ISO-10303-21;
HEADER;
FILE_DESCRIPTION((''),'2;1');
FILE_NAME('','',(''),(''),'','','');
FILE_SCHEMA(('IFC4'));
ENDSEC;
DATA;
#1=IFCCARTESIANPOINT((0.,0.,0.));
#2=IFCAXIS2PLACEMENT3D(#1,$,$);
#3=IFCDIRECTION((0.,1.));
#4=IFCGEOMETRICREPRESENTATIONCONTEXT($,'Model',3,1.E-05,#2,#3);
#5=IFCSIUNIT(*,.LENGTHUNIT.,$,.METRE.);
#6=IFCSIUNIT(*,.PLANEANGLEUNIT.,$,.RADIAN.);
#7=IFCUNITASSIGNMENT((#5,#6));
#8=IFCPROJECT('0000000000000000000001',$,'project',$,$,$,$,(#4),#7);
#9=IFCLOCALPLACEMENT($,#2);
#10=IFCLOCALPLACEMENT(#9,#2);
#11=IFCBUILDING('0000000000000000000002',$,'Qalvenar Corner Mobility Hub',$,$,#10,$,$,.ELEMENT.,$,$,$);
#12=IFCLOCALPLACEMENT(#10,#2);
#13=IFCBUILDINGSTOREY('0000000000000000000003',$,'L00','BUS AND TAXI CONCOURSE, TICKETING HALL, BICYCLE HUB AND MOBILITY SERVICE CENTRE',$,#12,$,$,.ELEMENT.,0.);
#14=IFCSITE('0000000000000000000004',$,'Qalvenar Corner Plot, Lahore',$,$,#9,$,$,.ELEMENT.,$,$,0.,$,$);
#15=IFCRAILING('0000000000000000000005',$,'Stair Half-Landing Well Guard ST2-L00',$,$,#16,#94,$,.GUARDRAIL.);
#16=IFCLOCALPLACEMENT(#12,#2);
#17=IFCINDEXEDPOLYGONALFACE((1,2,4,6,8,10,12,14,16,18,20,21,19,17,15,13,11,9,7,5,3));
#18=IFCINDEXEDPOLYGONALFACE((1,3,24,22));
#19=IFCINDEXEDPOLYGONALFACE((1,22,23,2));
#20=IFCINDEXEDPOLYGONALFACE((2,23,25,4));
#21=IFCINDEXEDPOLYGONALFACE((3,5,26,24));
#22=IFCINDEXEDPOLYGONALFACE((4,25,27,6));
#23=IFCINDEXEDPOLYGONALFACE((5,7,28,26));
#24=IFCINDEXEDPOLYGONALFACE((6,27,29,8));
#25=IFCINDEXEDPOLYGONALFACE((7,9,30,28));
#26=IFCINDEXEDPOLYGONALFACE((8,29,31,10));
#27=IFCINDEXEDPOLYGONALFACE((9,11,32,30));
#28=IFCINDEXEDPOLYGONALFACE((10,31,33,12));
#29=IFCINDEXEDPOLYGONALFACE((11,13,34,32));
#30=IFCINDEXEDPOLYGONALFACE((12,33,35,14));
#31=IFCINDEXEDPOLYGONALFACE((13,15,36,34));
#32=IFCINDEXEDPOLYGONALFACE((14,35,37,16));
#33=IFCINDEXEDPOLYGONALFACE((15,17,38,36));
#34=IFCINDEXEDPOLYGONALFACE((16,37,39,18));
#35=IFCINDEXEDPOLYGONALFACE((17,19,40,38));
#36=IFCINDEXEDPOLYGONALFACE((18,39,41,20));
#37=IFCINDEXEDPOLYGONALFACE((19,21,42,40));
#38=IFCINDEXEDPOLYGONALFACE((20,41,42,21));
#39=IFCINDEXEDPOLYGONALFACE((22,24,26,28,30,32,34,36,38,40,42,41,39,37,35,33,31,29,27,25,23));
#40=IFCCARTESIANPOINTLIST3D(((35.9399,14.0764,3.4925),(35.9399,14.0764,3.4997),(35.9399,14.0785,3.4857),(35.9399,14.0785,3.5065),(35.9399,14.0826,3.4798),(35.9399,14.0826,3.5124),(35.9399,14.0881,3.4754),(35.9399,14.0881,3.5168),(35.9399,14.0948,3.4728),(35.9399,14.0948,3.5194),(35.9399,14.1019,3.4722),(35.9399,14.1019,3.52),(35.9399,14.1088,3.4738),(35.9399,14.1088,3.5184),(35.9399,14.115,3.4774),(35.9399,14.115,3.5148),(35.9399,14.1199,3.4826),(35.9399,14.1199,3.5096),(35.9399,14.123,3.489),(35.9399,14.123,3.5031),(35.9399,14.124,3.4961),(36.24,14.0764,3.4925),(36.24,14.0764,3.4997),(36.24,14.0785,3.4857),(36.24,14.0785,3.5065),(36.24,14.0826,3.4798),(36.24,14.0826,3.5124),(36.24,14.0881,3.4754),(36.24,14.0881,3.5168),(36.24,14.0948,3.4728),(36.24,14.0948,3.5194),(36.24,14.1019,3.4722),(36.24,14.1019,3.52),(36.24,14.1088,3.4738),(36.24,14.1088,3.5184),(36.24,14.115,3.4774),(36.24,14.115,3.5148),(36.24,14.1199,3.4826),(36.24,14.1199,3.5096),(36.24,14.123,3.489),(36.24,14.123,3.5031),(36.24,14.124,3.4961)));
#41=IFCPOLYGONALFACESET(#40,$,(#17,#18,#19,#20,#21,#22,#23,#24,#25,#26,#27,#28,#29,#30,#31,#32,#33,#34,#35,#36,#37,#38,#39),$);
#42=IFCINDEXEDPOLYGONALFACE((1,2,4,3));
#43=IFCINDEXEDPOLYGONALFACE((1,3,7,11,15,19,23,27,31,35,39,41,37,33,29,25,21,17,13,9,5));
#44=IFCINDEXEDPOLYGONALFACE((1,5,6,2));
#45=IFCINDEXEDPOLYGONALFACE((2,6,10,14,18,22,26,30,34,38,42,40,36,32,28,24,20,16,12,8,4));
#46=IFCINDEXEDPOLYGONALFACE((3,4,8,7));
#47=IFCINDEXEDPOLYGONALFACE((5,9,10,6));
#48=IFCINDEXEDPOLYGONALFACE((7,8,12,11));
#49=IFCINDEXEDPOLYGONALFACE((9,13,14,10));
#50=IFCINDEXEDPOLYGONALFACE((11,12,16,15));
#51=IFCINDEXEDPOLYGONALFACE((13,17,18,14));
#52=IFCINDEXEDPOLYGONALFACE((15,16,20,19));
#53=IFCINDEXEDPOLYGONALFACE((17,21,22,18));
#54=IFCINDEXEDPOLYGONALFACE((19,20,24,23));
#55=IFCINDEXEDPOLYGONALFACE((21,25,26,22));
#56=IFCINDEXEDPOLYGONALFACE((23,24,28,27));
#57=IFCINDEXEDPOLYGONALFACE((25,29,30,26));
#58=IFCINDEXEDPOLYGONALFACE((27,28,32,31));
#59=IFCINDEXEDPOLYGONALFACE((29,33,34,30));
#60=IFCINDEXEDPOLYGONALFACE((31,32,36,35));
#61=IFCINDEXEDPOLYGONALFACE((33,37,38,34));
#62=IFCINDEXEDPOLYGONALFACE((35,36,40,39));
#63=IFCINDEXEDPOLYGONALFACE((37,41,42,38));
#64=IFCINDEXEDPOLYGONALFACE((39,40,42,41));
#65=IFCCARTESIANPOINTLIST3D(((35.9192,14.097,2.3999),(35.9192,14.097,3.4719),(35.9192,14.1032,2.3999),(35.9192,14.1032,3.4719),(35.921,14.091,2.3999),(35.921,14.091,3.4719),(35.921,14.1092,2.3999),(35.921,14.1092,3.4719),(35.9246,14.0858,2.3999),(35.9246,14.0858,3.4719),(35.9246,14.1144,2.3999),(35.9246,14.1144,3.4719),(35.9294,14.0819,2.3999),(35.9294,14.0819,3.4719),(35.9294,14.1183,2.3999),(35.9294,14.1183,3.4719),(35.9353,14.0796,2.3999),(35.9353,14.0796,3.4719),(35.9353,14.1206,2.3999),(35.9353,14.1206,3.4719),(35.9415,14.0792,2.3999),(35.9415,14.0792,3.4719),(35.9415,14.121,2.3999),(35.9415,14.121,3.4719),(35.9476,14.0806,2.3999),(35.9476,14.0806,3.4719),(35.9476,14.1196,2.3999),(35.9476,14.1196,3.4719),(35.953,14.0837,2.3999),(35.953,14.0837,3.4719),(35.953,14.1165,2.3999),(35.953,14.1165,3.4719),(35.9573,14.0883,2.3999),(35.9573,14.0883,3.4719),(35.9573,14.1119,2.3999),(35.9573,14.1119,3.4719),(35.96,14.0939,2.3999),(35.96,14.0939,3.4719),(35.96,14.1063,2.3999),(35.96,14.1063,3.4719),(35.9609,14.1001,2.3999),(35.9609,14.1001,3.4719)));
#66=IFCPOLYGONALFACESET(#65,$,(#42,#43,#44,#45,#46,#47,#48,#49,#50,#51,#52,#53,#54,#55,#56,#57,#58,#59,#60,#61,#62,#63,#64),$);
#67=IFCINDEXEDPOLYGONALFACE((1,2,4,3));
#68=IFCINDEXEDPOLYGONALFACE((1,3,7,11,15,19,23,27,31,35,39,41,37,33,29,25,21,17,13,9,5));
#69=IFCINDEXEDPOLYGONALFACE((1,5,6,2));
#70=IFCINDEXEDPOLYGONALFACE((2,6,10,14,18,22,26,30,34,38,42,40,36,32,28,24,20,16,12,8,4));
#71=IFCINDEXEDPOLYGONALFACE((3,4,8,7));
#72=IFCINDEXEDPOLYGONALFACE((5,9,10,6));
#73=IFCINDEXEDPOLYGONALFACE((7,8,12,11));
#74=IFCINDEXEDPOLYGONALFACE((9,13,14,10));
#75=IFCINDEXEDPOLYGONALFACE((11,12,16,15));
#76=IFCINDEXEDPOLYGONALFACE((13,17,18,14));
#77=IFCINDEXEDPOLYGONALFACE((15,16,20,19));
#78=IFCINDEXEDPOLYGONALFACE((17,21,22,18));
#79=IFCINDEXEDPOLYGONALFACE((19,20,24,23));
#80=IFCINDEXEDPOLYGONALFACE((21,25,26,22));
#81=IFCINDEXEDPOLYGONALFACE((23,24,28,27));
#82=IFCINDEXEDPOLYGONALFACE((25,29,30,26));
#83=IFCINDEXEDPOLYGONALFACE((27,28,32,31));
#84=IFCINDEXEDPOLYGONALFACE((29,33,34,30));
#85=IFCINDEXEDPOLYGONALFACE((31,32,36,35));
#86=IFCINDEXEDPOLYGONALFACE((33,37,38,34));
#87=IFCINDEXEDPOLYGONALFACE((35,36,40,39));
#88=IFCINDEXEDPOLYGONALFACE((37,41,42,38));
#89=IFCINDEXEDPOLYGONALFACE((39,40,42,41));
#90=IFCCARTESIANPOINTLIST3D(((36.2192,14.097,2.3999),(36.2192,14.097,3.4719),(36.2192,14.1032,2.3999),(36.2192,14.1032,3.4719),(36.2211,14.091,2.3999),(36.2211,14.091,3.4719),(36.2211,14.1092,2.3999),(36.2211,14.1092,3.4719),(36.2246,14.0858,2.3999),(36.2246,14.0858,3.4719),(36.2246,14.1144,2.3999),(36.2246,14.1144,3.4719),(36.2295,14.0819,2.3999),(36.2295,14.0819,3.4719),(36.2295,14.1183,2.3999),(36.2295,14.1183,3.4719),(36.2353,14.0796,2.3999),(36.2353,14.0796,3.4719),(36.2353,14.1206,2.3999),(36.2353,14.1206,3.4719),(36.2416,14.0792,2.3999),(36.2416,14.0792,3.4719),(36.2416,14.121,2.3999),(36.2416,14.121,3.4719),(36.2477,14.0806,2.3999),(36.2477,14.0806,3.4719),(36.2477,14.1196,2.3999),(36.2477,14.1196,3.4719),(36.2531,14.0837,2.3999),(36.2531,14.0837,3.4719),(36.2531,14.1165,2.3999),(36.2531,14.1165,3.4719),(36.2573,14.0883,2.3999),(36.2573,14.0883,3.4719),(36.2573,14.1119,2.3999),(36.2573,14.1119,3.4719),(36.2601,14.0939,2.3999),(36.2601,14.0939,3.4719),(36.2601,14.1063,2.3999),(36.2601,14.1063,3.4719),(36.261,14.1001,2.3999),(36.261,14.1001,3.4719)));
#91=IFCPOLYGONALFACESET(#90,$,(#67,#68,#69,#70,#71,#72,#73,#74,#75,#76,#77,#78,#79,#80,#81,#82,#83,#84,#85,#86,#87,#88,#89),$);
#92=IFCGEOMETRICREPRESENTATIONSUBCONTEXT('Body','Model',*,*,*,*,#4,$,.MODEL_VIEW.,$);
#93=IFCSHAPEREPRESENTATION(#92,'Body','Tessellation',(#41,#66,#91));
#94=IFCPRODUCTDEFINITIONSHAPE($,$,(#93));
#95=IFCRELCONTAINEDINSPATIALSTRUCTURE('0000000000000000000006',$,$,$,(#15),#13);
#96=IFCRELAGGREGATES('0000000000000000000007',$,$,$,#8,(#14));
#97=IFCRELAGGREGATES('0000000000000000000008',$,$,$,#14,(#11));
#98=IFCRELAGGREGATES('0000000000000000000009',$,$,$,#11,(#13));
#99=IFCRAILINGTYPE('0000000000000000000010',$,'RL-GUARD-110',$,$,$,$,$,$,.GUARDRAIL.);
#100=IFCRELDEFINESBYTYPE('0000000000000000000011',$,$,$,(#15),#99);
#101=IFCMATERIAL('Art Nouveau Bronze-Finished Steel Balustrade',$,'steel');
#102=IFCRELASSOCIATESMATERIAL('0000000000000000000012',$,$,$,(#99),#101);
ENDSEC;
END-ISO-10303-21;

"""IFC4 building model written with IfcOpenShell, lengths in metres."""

from ifc_helpers import new_model, si_unit, direction, frame, origin, origin_2d, place, context, subcontext, project, spatial, circle, extrude, material, type_object, element, save


model = new_model("IFC4")

# Units and contexts
model_context = context("Model", 3, precision=1e-05, world=origin(), true_north=direction((0.0, 1.0)))
body_context = subcontext(model_context, "Body", "Model", "MODEL_VIEW")
ifc_project = project(units=[si_unit("LENGTHUNIT", "METRE"), si_unit("PLANEANGLEUNIT", "RADIAN")], contexts=[model_context])

# Site, building, storey
site_placement = place(None, origin())
site = spatial("IfcSite", under=ifc_project, at=site_placement, Name="Qalvenar Corner Plot, Lahore", CompositionType="ELEMENT", RefElevation=0.0)
building_placement = place(site_placement, origin())
building = spatial("IfcBuilding", under=site, at=building_placement, Name="Qalvenar Corner Mobility Hub", CompositionType="ELEMENT")
storey_placement = place(building_placement, origin())
storey = spatial("IfcBuildingStorey", under=building, at=storey_placement, Name="L00", Description="BUS AND TAXI CONCOURSE, TICKETING HALL, BICYCLE HUB AND MOBILITY SERVICE CENTRE", CompositionType="ELEMENT", Elevation=0.0)

# Railing
ifc_material_1 = material(Name="Art Nouveau Bronze-Finished Steel Balustrade", Category="steel")
railing_type_1 = type_object("IfcRailingType", Name="RL-GUARD-110", PredefinedType="GUARDRAIL", material=ifc_material_1)
for number, where, name in (
    (1, (35.9399, 14.1001, 2.3999), "Stair Half-Landing Well Guard ST2-L00"),
):
    element("IfcRailing", number, at=place(storey_placement, frame(where)), inside=storey, type_object=railing_type_1, Name=name, PredefinedType="GUARDRAIL", context=body_context, shape_type="SweptSolid", body=[
        extrude(circle(Radius=0.0239, at=origin_2d()), frame((0.0, 0.0, 1.0962), z_axis=(1.0, 0.0, 0.0), x_axis=(0.0, 1.0, 0.0)), (0.0, 0.0, 1.0), 0.3),
        extrude(circle(Radius=0.021, at=origin_2d()), origin(), (0.0, 0.0, 1.0), 1.072),
        extrude(circle(Radius=0.021, at=origin_2d()), frame((0.3, 0.0, 0.0)), (0.0, 0.0, 1.0), 1.072),
    ])

save(model, "model.ifc")
